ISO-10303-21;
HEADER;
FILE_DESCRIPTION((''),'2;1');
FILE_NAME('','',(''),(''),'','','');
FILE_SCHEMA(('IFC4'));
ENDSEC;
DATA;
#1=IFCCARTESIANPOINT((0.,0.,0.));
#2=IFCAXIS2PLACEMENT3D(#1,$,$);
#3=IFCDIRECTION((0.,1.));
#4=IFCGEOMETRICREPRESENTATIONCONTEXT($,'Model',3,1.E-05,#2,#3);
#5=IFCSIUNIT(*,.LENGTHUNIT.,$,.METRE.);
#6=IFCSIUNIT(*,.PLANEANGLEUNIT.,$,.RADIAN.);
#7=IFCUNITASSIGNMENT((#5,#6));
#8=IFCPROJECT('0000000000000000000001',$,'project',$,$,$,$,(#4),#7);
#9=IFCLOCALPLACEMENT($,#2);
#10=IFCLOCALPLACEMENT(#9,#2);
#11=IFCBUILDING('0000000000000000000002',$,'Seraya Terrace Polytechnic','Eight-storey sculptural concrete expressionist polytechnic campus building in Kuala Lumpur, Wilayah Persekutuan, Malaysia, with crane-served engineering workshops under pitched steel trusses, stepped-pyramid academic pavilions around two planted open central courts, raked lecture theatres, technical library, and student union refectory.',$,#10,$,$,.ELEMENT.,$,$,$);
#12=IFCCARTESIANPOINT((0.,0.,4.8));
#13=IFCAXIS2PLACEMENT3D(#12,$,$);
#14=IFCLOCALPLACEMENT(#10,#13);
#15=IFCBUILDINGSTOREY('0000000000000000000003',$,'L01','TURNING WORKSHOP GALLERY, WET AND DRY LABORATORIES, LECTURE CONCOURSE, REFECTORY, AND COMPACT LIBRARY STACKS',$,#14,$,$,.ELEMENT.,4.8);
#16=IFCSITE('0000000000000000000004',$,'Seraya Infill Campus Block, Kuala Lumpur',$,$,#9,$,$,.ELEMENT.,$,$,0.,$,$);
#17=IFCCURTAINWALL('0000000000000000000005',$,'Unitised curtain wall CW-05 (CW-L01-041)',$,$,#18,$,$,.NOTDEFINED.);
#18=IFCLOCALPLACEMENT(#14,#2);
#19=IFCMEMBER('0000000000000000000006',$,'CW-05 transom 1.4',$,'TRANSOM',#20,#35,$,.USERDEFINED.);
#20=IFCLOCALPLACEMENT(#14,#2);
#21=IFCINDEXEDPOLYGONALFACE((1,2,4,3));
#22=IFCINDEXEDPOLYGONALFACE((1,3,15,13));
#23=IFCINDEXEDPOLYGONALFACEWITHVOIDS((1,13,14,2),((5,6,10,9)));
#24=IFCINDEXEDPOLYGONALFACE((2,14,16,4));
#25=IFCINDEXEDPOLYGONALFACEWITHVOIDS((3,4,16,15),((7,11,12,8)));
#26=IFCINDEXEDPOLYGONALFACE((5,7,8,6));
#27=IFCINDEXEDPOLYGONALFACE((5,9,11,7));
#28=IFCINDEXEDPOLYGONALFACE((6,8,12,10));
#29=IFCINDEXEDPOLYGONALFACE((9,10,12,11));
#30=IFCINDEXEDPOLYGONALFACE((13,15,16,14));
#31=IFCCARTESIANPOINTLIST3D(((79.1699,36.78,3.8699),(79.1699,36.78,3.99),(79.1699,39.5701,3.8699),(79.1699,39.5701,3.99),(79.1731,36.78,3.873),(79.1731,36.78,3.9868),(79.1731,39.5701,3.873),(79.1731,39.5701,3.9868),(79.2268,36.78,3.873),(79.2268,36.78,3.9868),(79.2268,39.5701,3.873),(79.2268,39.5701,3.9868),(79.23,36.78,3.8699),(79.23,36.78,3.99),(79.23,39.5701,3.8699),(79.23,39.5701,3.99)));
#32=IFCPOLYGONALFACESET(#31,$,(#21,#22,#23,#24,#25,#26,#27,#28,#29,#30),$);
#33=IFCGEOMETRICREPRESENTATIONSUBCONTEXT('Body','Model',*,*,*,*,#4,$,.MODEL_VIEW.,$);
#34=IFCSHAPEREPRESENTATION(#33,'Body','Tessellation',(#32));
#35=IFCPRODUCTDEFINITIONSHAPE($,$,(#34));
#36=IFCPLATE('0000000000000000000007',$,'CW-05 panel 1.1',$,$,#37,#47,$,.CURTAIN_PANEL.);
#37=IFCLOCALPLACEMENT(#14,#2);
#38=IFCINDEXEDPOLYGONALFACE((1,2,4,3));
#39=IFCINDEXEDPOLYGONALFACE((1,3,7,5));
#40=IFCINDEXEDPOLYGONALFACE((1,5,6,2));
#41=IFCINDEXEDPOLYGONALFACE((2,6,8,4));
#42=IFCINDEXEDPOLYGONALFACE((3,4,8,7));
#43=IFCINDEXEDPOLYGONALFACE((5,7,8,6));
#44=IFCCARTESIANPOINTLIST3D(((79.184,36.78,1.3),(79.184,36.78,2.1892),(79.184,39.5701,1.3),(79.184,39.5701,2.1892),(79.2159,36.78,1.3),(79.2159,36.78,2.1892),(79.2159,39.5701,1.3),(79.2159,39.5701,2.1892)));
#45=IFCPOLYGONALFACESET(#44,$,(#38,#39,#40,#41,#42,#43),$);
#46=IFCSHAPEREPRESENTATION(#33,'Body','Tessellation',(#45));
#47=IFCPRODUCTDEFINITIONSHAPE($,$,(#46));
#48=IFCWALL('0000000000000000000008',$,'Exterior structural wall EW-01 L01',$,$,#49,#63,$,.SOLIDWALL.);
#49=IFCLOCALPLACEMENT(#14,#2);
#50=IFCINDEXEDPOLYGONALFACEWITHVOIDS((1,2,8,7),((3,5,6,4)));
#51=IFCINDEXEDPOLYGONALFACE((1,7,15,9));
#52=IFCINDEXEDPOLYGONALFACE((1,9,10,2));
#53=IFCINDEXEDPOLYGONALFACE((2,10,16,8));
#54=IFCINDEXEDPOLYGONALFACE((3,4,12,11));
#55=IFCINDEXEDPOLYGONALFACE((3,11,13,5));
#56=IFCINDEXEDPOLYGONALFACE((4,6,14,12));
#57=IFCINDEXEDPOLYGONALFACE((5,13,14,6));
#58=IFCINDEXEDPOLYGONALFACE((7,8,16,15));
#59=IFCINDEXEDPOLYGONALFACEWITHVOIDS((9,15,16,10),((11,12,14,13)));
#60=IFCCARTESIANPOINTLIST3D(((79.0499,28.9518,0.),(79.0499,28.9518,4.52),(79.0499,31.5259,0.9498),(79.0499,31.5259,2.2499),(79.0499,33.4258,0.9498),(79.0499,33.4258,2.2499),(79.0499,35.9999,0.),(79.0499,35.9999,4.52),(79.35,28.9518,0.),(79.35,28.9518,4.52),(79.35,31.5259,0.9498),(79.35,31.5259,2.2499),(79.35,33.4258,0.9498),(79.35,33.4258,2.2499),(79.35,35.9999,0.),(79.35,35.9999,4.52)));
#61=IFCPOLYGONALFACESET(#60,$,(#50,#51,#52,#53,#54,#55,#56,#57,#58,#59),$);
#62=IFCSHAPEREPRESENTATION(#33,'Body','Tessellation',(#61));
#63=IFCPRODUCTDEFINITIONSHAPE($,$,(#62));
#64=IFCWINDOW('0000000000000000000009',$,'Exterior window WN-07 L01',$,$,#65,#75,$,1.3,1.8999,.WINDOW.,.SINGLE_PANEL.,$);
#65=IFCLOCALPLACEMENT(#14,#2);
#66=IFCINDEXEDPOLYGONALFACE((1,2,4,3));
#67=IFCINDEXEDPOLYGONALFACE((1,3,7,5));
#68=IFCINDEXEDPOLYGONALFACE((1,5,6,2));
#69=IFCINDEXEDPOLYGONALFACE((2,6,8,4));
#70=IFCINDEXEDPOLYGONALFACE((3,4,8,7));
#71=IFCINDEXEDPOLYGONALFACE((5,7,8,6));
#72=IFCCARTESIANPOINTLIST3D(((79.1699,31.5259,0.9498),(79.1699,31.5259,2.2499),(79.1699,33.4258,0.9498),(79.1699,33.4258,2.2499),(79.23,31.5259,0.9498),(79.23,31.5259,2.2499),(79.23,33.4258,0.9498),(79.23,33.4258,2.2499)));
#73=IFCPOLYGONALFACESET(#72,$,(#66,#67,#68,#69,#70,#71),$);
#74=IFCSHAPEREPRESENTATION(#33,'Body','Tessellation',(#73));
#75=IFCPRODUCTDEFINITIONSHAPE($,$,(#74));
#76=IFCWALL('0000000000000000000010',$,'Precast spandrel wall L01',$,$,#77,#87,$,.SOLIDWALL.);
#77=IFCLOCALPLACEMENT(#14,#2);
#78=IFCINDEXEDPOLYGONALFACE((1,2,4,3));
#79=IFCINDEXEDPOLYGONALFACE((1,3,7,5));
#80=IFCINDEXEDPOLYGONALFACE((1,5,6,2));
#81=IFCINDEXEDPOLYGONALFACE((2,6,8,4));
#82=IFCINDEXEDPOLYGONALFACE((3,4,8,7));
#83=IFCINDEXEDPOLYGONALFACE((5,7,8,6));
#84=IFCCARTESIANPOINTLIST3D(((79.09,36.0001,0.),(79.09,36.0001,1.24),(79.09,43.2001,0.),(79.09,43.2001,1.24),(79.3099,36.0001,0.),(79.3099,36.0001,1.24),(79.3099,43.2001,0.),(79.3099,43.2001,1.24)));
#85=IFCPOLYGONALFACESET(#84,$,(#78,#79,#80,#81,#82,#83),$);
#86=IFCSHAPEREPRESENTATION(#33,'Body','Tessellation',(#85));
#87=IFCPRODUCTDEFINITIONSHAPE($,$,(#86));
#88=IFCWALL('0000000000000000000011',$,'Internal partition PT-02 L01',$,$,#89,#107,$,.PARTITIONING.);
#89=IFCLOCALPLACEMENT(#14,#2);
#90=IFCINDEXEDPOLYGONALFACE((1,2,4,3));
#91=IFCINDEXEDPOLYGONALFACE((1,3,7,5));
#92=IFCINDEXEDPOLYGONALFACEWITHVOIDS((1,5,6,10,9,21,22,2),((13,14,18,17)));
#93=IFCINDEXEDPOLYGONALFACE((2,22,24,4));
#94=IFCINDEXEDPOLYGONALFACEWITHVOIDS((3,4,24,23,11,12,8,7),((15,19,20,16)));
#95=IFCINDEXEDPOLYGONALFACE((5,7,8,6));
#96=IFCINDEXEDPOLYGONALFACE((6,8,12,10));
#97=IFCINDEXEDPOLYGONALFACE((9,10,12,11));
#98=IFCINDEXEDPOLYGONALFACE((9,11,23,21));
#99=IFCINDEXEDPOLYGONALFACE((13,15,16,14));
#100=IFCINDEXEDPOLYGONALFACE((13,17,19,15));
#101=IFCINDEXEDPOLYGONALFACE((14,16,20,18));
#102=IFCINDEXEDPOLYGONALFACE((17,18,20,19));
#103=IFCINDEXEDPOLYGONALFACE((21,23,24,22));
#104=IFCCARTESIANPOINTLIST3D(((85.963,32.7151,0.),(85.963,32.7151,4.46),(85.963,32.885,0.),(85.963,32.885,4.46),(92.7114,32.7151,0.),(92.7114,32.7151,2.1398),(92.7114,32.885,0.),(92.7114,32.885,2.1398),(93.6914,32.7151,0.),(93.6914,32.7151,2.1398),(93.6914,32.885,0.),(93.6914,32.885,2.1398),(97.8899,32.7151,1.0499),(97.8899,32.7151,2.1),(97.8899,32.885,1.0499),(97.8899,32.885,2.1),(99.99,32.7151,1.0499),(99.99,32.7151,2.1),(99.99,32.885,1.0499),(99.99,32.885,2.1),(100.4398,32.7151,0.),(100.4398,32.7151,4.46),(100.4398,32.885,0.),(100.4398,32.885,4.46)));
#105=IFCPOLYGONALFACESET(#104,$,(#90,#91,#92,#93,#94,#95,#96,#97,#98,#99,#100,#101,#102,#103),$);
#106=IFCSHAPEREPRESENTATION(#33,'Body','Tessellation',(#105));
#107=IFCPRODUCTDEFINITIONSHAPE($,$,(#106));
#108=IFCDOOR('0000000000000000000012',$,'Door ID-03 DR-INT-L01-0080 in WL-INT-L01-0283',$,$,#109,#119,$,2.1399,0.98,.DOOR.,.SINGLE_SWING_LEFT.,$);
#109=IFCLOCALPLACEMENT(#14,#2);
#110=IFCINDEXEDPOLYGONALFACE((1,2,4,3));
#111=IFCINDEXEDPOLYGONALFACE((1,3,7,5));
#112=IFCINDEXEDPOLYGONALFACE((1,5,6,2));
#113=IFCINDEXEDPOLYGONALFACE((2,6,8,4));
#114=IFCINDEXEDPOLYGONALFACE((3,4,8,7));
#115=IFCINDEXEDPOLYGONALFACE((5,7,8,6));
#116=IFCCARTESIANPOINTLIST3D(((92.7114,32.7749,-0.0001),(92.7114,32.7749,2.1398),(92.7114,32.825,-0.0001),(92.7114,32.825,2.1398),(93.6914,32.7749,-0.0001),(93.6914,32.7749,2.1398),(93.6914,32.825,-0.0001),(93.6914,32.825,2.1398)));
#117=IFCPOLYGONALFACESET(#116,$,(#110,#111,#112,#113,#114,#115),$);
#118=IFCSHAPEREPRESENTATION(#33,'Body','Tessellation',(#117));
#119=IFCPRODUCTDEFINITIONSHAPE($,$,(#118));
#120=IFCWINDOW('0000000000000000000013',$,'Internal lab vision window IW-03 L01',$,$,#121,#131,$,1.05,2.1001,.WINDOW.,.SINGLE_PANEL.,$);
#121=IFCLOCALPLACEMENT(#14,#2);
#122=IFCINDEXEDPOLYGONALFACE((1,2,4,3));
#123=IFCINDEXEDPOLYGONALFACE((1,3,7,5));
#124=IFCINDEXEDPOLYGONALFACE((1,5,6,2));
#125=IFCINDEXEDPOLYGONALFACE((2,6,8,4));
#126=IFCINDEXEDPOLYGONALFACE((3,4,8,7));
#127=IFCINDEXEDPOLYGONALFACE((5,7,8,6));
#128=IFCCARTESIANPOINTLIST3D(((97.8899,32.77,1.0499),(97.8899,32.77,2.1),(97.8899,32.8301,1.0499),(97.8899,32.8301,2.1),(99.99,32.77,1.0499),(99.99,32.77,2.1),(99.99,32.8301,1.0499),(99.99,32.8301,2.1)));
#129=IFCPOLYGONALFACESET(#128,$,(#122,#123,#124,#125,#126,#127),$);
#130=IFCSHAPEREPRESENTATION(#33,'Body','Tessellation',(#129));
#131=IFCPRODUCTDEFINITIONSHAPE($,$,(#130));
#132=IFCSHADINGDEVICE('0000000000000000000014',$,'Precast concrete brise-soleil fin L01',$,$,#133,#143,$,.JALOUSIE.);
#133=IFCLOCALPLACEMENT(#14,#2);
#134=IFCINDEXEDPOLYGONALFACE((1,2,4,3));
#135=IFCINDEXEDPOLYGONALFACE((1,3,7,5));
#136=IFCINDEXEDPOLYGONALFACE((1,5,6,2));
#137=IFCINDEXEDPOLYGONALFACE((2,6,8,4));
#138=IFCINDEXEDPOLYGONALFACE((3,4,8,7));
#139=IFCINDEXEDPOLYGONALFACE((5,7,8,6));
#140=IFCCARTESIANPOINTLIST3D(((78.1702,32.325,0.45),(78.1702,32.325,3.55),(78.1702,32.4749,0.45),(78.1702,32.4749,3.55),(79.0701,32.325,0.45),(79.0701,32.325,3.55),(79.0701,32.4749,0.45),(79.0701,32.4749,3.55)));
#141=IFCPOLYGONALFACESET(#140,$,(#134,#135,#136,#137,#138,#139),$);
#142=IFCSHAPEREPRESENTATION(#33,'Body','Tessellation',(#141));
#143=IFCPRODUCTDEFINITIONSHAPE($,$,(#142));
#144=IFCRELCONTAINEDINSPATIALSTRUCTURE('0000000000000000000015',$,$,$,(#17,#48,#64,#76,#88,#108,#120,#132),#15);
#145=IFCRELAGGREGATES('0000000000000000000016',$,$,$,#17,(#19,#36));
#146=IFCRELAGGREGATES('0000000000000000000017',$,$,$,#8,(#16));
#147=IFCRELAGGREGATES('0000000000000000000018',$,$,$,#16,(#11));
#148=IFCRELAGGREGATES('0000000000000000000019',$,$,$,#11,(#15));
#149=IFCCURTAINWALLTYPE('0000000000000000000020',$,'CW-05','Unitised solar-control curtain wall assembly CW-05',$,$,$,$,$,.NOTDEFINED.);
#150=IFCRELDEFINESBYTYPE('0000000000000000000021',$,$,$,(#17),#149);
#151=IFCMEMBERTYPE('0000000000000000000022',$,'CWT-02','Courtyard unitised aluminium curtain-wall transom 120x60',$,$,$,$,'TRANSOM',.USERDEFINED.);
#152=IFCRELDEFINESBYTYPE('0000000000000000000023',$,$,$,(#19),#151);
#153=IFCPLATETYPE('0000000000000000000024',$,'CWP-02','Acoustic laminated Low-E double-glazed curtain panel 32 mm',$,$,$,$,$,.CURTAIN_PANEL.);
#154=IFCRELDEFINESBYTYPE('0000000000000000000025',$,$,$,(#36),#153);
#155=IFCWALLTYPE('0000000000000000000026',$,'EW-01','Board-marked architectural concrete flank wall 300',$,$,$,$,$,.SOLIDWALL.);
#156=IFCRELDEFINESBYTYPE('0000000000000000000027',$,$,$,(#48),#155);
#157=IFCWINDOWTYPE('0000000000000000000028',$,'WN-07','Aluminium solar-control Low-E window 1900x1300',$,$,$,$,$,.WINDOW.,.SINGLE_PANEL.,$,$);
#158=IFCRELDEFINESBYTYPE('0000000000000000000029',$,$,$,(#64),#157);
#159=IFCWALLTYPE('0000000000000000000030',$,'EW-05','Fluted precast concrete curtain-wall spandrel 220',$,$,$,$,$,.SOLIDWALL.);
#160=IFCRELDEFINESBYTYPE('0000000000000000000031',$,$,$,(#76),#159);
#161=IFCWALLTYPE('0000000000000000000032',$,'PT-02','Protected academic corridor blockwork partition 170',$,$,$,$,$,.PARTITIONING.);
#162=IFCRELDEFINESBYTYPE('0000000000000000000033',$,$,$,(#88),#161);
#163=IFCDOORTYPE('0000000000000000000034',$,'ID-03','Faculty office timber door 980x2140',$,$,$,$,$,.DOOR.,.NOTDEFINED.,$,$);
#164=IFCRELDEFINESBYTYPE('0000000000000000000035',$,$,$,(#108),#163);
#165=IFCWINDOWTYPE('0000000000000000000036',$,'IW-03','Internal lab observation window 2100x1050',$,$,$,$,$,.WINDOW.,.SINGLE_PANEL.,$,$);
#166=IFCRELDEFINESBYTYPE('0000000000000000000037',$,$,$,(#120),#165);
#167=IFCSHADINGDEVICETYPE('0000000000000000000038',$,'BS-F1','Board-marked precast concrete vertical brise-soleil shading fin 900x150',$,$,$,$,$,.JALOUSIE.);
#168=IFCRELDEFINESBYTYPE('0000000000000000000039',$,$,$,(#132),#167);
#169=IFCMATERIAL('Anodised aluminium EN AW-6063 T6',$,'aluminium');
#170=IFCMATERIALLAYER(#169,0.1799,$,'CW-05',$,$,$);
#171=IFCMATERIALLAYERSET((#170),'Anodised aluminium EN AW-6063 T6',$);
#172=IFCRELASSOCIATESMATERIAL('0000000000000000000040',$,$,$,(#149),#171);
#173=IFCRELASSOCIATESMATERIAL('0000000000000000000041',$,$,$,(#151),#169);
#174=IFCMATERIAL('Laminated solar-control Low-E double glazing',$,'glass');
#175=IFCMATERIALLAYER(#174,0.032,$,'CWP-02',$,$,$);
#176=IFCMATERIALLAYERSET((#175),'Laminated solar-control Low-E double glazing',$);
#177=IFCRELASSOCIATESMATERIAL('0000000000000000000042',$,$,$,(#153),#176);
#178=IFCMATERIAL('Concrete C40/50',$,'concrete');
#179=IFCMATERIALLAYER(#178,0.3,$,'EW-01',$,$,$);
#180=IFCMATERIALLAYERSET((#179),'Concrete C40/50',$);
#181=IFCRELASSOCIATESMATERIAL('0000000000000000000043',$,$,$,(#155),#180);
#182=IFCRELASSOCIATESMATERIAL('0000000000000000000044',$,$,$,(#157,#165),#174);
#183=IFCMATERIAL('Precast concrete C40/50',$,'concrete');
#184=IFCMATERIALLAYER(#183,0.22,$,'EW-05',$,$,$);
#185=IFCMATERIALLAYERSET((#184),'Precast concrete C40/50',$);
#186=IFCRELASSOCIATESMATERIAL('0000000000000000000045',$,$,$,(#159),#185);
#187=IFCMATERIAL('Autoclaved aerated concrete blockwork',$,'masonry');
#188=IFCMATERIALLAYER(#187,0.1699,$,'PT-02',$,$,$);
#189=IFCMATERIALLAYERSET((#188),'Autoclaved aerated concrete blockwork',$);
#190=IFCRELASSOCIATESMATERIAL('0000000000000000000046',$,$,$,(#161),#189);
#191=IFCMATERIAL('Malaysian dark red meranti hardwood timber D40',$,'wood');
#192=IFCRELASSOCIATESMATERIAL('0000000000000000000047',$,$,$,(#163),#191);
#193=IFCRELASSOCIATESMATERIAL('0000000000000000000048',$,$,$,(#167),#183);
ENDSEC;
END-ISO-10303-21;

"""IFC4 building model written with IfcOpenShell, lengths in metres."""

from ifc_helpers import new_model, si_unit, direction, frame, frame_2d, origin, origin_2d, place, context, subcontext, project, spatial, rectangle, hollow_rectangle, extrude, material, layer, layer_set, material_profile, profile_set, type_object, element, fill, aggregate, save


model = new_model("IFC4")

# Units and contexts
model_context = context("Model", 3, precision=1e-05, world=origin(), true_north=direction((0.0, 1.0)))
body_context = subcontext(model_context, "Body", "Model", "MODEL_VIEW")
ifc_project = project(units=[si_unit("LENGTHUNIT", "METRE"), si_unit("PLANEANGLEUNIT", "RADIAN")], contexts=[model_context])

# Site, building, storey
site_placement = place(None, origin())
site = spatial("IfcSite", under=ifc_project, at=site_placement, Name="Seraya Infill Campus Block, Kuala Lumpur", CompositionType="ELEMENT", RefElevation=0.0)
building_placement = place(site_placement, origin())
building = spatial("IfcBuilding", under=site, at=building_placement, Name="Seraya Terrace Polytechnic", Description="Eight-storey sculptural concrete expressionist polytechnic campus building in Kuala Lumpur, Wilayah Persekutuan, Malaysia, with crane-served engineering workshops under pitched steel trusses, stepped-pyramid academic pavilions around two planted open central courts, raked lecture theatres, technical library, and student union refectory.", CompositionType="ELEMENT")
storey_placement = place(building_placement, frame((0.0, 0.0, 4.8)))
storey = spatial("IfcBuildingStorey", under=building, at=storey_placement, Name="L01", Description="TURNING WORKSHOP GALLERY, WET AND DRY LABORATORIES, LECTURE CONCOURSE, REFECTORY, AND COMPACT LIBRARY STACKS", CompositionType="ELEMENT", Elevation=4.8)

# Shared definitions
ifc_material_1 = material(Name="Concrete C40/50", Category="concrete")

# Curtain wall, member, plate
ifc_material_2 = material(Name="Anodised aluminium EN AW-6063 T6", Category="aluminium")
ifc_layer_1 = layer(ifc_material_2, 0.1799, Name="CW-05")
ifc_layer_set_1 = layer_set([ifc_layer_1], Name="Anodised aluminium EN AW-6063 T6")
curtain_wall_type = type_object("IfcCurtainWallType", Name="CW-05", Description="Unitised solar-control curtain wall assembly CW-05", PredefinedType="NOTDEFINED", material=ifc_layer_set_1)
curtain_wall_placement = place(storey_placement, origin())
curtain_wall = element("IfcCurtainWall", 1, at=curtain_wall_placement, inside=storey, type_object=curtain_wall_type, Name="Unitised curtain wall CW-05 (CW-L01-041)", PredefinedType="NOTDEFINED")
ifc_material_profile_1 = material_profile(ifc_material_2, hollow_rectangle(XDim=0.0601, YDim=0.1201, WallThickness=0.0032, at=origin_2d()), Name="RHS 120x60x3.2")
ifc_profile_set_1 = profile_set([ifc_material_profile_1], Name="Anodised aluminium EN AW-6063 T6")
member_type_1 = type_object("IfcMemberType", Name="CWT-02", Description="Courtyard unitised aluminium curtain-wall transom 120x60", ElementType="TRANSOM", PredefinedType="USERDEFINED", material=ifc_profile_set_1)
member_1_placement = place(storey_placement, frame((79.2, 36.78, 3.9299), z_axis=(0.0, 1.0, 0.0), x_axis=(-1.0, 0.0, 0.0)))
member_1 = element("IfcMember", 2, at=member_1_placement, type_object=member_type_1, Name="CW-05 transom 1.4", ObjectType="TRANSOM", PredefinedType="USERDEFINED", context=body_context, shape_type="SweptSolid", body=[
    extrude(hollow_rectangle(XDim=0.0601, YDim=0.1201, WallThickness=0.0032, at=origin_2d()), origin(), (0.0, 0.0, 1.0), 2.79),
])
ifc_material_3 = material(Name="Laminated solar-control Low-E double glazing", Category="glass")
ifc_layer_2 = layer(ifc_material_3, 0.032, Name="CWP-02")
ifc_layer_set_2 = layer_set([ifc_layer_2], Name="Laminated solar-control Low-E double glazing")
plate_type = type_object("IfcPlateType", Name="CWP-02", Description="Acoustic laminated Low-E double-glazed curtain panel 32 mm", PredefinedType="CURTAIN_PANEL", material=ifc_layer_set_2)
plate_placement = place(storey_placement, frame((79.2, 38.175, 1.3), z_axis=(0.0, 0.0, 1.0), x_axis=(0.0, 1.0, 0.0)))
plate = element("IfcPlate", 3, at=plate_placement, type_object=plate_type, Name="CW-05 panel 1.1", PredefinedType="CURTAIN_PANEL", context=body_context, shape_type="SweptSolid", body=[
    extrude(rectangle(XDim=2.79, YDim=0.032, at=origin_2d()), origin(), (0.0, 0.0, 1.0), 0.8892),
])
aggregate(curtain_wall, [member_1, plate])

# Wall, opening, window
ifc_layer_3 = layer(ifc_material_1, 0.3, Name="EW-01")
ifc_layer_set_3 = layer_set([ifc_layer_3], Name="Concrete C40/50")
wall_type_1 = type_object("IfcWallType", Name="EW-01", Description="Board-marked architectural concrete flank wall 300", PredefinedType="SOLIDWALL", material=ifc_layer_set_3)
wall_1_placement = place(storey_placement, frame((79.2, 28.9519, 0.0), z_axis=(0.0, 0.0, 1.0), x_axis=(0.0, 1.0, 0.0)))
wall_1 = element("IfcWall", 4, at=wall_1_placement, inside=storey, type_object=wall_type_1, Name="Exterior structural wall EW-01 L01", PredefinedType="SOLIDWALL", context=body_context, shape_type="SweptSolid", body=[
    extrude(rectangle(XDim=7.0481, YDim=0.3, at=frame_2d((3.5239, 0.0))), origin(), (0.0, 0.0, 1.0), 4.52),
])
opening_1_placement = place(wall_1_placement, frame((2.574, 0.0, 0.95)))
opening_1 = element("IfcOpeningElement", 5, at=opening_1_placement, cuts=wall_1, PredefinedType="OPENING", context=body_context, shape_type="SweptSolid", body=[
    extrude(rectangle(XDim=1.8999, YDim=1.3, at=frame_2d((0.95, 0.6499))), frame((0.0, 0.1621, 0.0), z_axis=(0.0, -1.0, 0.0), x_axis=(1.0, 0.0, 0.0)), (0.0, 0.0, 1.0), 0.324),
])
window_type_1 = type_object("IfcWindowType", Name="WN-07", Description="Aluminium solar-control Low-E window 1900x1300", PartitioningType="SINGLE_PANEL", PredefinedType="WINDOW", material=ifc_material_3)
window_1_placement = place(opening_1_placement, origin())
window_1 = element("IfcWindow", 6, at=window_1_placement, inside=storey, type_object=window_type_1, Name="Exterior window WN-07 L01", OverallHeight=1.3, OverallWidth=1.8999, PartitioningType="SINGLE_PANEL", PredefinedType="WINDOW", context=body_context, shape_type="SweptSolid", body=[
    extrude(rectangle(XDim=1.8999, YDim=1.3, at=frame_2d((0.95, 0.6499))), frame((0.0, 0.03, 0.0), z_axis=(0.0, -1.0, 0.0), x_axis=(1.0, 0.0, 0.0)), (0.0, 0.0, 1.0), 0.0601),
])
fill(opening_1, window_1)

# Wall
ifc_material_4 = material(Name="Precast concrete C40/50", Category="concrete")
ifc_layer_4 = layer(ifc_material_4, 0.22, Name="EW-05")
ifc_layer_set_4 = layer_set([ifc_layer_4], Name="Precast concrete C40/50")
wall_type_2 = type_object("IfcWallType", Name="EW-05", Description="Fluted precast concrete curtain-wall spandrel 220", PredefinedType="SOLIDWALL", material=ifc_layer_set_4)
wall_2_placement = place(storey_placement, frame((79.2, 36.0, 0.0), z_axis=(0.0, 0.0, 1.0), x_axis=(0.0, 1.0, 0.0)))
element("IfcWall", 7, at=wall_2_placement, inside=storey, type_object=wall_type_2, Name="Precast spandrel wall L01", PredefinedType="SOLIDWALL", context=body_context, shape_type="SweptSolid", body=[
    extrude(rectangle(XDim=7.2, YDim=0.22, at=frame_2d((3.6001, 0.0))), origin(), (0.0, 0.0, 1.0), 1.24),
])

# Wall, openings, door, window
ifc_material_5 = material(Name="Autoclaved aerated concrete blockwork", Category="masonry")
ifc_layer_5 = layer(ifc_material_5, 0.1699, Name="PT-02")
ifc_layer_set_5 = layer_set([ifc_layer_5], Name="Autoclaved aerated concrete blockwork")
wall_type_3 = type_object("IfcWallType", Name="PT-02", Description="Protected academic corridor blockwork partition 170", PredefinedType="PARTITIONING", material=ifc_layer_set_5)
wall_3_placement = place(storey_placement, frame((85.9631, 32.8, 0.0), z_axis=(0.0, 0.0, 1.0), x_axis=(1.0, 0.0, 0.0)))
wall_3 = element("IfcWall", 8, at=wall_3_placement, inside=storey, type_object=wall_type_3, Name="Internal partition PT-02 L01", PredefinedType="PARTITIONING", context=body_context, shape_type="SweptSolid", body=[
    extrude(rectangle(XDim=14.4768, YDim=0.1699, at=frame_2d((7.2383, 0.0))), origin(), (0.0, 0.0, 1.0), 4.46),
])
opening_2_placement = place(wall_3_placement, frame((6.7483, 0.0, 0.0)))
opening_2 = element("IfcOpeningElement", 9, at=opening_2_placement, cuts=wall_3, PredefinedType="OPENING", context=body_context, shape_type="SweptSolid", body=[
    extrude(rectangle(XDim=0.98, YDim=2.1399, at=frame_2d((0.49, 1.0698))), frame((0.0, 0.0969, 0.0), z_axis=(0.0, -1.0, 0.0), x_axis=(1.0, 0.0, 0.0)), (0.0, 0.0, 1.0), 0.1938),
])
opening_3_placement = place(wall_3_placement, frame((11.9268, 0.0, 1.05)))
opening_3 = element("IfcOpeningElement", 10, at=opening_3_placement, cuts=wall_3, PredefinedType="OPENING", context=body_context, shape_type="SweptSolid", body=[
    extrude(rectangle(XDim=2.1001, YDim=1.05, at=frame_2d((1.05, 0.5249))), frame((0.0, 0.0969, 0.0), z_axis=(0.0, -1.0, 0.0), x_axis=(1.0, 0.0, 0.0)), (0.0, 0.0, 1.0), 0.1938),
])
ifc_material_6 = material(Name="Malaysian dark red meranti hardwood timber D40", Category="wood")
door_type = type_object("IfcDoorType", Name="ID-03", Description="Faculty office timber door 980x2140", OperationType="NOTDEFINED", PredefinedType="DOOR", material=ifc_material_6)
door_placement = place(opening_2_placement, origin())
door = element("IfcDoor", 11, at=door_placement, inside=storey, type_object=door_type, Name="Door ID-03 DR-INT-L01-0080 in WL-INT-L01-0283", OperationType="SINGLE_SWING_LEFT", OverallHeight=2.1399, OverallWidth=0.98, PredefinedType="DOOR", context=body_context, shape_type="SweptSolid", body=[
    extrude(rectangle(XDim=0.98, YDim=2.1399, at=frame_2d((0.49, 1.0698))), frame((0.0, 0.0249, 0.0), z_axis=(0.0, -1.0, 0.0), x_axis=(1.0, 0.0, 0.0)), (0.0, 0.0, 1.0), 0.05),
])
fill(opening_2, door)
window_type_2 = type_object("IfcWindowType", Name="IW-03", Description="Internal lab observation window 2100x1050", PartitioningType="SINGLE_PANEL", PredefinedType="WINDOW", material=ifc_material_3)
window_2_placement = place(opening_3_placement, origin())
window_2 = element("IfcWindow", 12, at=window_2_placement, inside=storey, type_object=window_type_2, Name="Internal lab vision window IW-03 L01", OverallHeight=1.05, OverallWidth=2.1001, PartitioningType="SINGLE_PANEL", PredefinedType="WINDOW", context=body_context, shape_type="SweptSolid", body=[
    extrude(rectangle(XDim=2.1001, YDim=1.05, at=frame_2d((1.05, 0.5249))), frame((0.0, 0.03, 0.0), z_axis=(0.0, -1.0, 0.0), x_axis=(1.0, 0.0, 0.0)), (0.0, 0.0, 1.0), 0.0601),
])
fill(opening_3, window_2)

# Shading device
shading_device_type = type_object("IfcShadingDeviceType", Name="BS-F1", Description="Board-marked precast concrete vertical brise-soleil shading fin 900x150", PredefinedType="JALOUSIE", material=ifc_material_4)
shading_device_placement = place(storey_placement, frame((78.6201, 32.3999, 0.45), z_axis=(0.0, 0.0, 1.0), x_axis=(-1.0, 0.0, 0.0)))
element("IfcShadingDevice", 13, at=shading_device_placement, inside=storey, type_object=shading_device_type, Name="Precast concrete brise-soleil fin L01", PredefinedType="JALOUSIE", context=body_context, shape_type="SweptSolid", body=[
    extrude(rectangle(XDim=0.8999, YDim=0.1499, at=origin_2d()), origin(), (0.0, 0.0, 1.0), 3.1001),
])

save(model, "model.ifc")
